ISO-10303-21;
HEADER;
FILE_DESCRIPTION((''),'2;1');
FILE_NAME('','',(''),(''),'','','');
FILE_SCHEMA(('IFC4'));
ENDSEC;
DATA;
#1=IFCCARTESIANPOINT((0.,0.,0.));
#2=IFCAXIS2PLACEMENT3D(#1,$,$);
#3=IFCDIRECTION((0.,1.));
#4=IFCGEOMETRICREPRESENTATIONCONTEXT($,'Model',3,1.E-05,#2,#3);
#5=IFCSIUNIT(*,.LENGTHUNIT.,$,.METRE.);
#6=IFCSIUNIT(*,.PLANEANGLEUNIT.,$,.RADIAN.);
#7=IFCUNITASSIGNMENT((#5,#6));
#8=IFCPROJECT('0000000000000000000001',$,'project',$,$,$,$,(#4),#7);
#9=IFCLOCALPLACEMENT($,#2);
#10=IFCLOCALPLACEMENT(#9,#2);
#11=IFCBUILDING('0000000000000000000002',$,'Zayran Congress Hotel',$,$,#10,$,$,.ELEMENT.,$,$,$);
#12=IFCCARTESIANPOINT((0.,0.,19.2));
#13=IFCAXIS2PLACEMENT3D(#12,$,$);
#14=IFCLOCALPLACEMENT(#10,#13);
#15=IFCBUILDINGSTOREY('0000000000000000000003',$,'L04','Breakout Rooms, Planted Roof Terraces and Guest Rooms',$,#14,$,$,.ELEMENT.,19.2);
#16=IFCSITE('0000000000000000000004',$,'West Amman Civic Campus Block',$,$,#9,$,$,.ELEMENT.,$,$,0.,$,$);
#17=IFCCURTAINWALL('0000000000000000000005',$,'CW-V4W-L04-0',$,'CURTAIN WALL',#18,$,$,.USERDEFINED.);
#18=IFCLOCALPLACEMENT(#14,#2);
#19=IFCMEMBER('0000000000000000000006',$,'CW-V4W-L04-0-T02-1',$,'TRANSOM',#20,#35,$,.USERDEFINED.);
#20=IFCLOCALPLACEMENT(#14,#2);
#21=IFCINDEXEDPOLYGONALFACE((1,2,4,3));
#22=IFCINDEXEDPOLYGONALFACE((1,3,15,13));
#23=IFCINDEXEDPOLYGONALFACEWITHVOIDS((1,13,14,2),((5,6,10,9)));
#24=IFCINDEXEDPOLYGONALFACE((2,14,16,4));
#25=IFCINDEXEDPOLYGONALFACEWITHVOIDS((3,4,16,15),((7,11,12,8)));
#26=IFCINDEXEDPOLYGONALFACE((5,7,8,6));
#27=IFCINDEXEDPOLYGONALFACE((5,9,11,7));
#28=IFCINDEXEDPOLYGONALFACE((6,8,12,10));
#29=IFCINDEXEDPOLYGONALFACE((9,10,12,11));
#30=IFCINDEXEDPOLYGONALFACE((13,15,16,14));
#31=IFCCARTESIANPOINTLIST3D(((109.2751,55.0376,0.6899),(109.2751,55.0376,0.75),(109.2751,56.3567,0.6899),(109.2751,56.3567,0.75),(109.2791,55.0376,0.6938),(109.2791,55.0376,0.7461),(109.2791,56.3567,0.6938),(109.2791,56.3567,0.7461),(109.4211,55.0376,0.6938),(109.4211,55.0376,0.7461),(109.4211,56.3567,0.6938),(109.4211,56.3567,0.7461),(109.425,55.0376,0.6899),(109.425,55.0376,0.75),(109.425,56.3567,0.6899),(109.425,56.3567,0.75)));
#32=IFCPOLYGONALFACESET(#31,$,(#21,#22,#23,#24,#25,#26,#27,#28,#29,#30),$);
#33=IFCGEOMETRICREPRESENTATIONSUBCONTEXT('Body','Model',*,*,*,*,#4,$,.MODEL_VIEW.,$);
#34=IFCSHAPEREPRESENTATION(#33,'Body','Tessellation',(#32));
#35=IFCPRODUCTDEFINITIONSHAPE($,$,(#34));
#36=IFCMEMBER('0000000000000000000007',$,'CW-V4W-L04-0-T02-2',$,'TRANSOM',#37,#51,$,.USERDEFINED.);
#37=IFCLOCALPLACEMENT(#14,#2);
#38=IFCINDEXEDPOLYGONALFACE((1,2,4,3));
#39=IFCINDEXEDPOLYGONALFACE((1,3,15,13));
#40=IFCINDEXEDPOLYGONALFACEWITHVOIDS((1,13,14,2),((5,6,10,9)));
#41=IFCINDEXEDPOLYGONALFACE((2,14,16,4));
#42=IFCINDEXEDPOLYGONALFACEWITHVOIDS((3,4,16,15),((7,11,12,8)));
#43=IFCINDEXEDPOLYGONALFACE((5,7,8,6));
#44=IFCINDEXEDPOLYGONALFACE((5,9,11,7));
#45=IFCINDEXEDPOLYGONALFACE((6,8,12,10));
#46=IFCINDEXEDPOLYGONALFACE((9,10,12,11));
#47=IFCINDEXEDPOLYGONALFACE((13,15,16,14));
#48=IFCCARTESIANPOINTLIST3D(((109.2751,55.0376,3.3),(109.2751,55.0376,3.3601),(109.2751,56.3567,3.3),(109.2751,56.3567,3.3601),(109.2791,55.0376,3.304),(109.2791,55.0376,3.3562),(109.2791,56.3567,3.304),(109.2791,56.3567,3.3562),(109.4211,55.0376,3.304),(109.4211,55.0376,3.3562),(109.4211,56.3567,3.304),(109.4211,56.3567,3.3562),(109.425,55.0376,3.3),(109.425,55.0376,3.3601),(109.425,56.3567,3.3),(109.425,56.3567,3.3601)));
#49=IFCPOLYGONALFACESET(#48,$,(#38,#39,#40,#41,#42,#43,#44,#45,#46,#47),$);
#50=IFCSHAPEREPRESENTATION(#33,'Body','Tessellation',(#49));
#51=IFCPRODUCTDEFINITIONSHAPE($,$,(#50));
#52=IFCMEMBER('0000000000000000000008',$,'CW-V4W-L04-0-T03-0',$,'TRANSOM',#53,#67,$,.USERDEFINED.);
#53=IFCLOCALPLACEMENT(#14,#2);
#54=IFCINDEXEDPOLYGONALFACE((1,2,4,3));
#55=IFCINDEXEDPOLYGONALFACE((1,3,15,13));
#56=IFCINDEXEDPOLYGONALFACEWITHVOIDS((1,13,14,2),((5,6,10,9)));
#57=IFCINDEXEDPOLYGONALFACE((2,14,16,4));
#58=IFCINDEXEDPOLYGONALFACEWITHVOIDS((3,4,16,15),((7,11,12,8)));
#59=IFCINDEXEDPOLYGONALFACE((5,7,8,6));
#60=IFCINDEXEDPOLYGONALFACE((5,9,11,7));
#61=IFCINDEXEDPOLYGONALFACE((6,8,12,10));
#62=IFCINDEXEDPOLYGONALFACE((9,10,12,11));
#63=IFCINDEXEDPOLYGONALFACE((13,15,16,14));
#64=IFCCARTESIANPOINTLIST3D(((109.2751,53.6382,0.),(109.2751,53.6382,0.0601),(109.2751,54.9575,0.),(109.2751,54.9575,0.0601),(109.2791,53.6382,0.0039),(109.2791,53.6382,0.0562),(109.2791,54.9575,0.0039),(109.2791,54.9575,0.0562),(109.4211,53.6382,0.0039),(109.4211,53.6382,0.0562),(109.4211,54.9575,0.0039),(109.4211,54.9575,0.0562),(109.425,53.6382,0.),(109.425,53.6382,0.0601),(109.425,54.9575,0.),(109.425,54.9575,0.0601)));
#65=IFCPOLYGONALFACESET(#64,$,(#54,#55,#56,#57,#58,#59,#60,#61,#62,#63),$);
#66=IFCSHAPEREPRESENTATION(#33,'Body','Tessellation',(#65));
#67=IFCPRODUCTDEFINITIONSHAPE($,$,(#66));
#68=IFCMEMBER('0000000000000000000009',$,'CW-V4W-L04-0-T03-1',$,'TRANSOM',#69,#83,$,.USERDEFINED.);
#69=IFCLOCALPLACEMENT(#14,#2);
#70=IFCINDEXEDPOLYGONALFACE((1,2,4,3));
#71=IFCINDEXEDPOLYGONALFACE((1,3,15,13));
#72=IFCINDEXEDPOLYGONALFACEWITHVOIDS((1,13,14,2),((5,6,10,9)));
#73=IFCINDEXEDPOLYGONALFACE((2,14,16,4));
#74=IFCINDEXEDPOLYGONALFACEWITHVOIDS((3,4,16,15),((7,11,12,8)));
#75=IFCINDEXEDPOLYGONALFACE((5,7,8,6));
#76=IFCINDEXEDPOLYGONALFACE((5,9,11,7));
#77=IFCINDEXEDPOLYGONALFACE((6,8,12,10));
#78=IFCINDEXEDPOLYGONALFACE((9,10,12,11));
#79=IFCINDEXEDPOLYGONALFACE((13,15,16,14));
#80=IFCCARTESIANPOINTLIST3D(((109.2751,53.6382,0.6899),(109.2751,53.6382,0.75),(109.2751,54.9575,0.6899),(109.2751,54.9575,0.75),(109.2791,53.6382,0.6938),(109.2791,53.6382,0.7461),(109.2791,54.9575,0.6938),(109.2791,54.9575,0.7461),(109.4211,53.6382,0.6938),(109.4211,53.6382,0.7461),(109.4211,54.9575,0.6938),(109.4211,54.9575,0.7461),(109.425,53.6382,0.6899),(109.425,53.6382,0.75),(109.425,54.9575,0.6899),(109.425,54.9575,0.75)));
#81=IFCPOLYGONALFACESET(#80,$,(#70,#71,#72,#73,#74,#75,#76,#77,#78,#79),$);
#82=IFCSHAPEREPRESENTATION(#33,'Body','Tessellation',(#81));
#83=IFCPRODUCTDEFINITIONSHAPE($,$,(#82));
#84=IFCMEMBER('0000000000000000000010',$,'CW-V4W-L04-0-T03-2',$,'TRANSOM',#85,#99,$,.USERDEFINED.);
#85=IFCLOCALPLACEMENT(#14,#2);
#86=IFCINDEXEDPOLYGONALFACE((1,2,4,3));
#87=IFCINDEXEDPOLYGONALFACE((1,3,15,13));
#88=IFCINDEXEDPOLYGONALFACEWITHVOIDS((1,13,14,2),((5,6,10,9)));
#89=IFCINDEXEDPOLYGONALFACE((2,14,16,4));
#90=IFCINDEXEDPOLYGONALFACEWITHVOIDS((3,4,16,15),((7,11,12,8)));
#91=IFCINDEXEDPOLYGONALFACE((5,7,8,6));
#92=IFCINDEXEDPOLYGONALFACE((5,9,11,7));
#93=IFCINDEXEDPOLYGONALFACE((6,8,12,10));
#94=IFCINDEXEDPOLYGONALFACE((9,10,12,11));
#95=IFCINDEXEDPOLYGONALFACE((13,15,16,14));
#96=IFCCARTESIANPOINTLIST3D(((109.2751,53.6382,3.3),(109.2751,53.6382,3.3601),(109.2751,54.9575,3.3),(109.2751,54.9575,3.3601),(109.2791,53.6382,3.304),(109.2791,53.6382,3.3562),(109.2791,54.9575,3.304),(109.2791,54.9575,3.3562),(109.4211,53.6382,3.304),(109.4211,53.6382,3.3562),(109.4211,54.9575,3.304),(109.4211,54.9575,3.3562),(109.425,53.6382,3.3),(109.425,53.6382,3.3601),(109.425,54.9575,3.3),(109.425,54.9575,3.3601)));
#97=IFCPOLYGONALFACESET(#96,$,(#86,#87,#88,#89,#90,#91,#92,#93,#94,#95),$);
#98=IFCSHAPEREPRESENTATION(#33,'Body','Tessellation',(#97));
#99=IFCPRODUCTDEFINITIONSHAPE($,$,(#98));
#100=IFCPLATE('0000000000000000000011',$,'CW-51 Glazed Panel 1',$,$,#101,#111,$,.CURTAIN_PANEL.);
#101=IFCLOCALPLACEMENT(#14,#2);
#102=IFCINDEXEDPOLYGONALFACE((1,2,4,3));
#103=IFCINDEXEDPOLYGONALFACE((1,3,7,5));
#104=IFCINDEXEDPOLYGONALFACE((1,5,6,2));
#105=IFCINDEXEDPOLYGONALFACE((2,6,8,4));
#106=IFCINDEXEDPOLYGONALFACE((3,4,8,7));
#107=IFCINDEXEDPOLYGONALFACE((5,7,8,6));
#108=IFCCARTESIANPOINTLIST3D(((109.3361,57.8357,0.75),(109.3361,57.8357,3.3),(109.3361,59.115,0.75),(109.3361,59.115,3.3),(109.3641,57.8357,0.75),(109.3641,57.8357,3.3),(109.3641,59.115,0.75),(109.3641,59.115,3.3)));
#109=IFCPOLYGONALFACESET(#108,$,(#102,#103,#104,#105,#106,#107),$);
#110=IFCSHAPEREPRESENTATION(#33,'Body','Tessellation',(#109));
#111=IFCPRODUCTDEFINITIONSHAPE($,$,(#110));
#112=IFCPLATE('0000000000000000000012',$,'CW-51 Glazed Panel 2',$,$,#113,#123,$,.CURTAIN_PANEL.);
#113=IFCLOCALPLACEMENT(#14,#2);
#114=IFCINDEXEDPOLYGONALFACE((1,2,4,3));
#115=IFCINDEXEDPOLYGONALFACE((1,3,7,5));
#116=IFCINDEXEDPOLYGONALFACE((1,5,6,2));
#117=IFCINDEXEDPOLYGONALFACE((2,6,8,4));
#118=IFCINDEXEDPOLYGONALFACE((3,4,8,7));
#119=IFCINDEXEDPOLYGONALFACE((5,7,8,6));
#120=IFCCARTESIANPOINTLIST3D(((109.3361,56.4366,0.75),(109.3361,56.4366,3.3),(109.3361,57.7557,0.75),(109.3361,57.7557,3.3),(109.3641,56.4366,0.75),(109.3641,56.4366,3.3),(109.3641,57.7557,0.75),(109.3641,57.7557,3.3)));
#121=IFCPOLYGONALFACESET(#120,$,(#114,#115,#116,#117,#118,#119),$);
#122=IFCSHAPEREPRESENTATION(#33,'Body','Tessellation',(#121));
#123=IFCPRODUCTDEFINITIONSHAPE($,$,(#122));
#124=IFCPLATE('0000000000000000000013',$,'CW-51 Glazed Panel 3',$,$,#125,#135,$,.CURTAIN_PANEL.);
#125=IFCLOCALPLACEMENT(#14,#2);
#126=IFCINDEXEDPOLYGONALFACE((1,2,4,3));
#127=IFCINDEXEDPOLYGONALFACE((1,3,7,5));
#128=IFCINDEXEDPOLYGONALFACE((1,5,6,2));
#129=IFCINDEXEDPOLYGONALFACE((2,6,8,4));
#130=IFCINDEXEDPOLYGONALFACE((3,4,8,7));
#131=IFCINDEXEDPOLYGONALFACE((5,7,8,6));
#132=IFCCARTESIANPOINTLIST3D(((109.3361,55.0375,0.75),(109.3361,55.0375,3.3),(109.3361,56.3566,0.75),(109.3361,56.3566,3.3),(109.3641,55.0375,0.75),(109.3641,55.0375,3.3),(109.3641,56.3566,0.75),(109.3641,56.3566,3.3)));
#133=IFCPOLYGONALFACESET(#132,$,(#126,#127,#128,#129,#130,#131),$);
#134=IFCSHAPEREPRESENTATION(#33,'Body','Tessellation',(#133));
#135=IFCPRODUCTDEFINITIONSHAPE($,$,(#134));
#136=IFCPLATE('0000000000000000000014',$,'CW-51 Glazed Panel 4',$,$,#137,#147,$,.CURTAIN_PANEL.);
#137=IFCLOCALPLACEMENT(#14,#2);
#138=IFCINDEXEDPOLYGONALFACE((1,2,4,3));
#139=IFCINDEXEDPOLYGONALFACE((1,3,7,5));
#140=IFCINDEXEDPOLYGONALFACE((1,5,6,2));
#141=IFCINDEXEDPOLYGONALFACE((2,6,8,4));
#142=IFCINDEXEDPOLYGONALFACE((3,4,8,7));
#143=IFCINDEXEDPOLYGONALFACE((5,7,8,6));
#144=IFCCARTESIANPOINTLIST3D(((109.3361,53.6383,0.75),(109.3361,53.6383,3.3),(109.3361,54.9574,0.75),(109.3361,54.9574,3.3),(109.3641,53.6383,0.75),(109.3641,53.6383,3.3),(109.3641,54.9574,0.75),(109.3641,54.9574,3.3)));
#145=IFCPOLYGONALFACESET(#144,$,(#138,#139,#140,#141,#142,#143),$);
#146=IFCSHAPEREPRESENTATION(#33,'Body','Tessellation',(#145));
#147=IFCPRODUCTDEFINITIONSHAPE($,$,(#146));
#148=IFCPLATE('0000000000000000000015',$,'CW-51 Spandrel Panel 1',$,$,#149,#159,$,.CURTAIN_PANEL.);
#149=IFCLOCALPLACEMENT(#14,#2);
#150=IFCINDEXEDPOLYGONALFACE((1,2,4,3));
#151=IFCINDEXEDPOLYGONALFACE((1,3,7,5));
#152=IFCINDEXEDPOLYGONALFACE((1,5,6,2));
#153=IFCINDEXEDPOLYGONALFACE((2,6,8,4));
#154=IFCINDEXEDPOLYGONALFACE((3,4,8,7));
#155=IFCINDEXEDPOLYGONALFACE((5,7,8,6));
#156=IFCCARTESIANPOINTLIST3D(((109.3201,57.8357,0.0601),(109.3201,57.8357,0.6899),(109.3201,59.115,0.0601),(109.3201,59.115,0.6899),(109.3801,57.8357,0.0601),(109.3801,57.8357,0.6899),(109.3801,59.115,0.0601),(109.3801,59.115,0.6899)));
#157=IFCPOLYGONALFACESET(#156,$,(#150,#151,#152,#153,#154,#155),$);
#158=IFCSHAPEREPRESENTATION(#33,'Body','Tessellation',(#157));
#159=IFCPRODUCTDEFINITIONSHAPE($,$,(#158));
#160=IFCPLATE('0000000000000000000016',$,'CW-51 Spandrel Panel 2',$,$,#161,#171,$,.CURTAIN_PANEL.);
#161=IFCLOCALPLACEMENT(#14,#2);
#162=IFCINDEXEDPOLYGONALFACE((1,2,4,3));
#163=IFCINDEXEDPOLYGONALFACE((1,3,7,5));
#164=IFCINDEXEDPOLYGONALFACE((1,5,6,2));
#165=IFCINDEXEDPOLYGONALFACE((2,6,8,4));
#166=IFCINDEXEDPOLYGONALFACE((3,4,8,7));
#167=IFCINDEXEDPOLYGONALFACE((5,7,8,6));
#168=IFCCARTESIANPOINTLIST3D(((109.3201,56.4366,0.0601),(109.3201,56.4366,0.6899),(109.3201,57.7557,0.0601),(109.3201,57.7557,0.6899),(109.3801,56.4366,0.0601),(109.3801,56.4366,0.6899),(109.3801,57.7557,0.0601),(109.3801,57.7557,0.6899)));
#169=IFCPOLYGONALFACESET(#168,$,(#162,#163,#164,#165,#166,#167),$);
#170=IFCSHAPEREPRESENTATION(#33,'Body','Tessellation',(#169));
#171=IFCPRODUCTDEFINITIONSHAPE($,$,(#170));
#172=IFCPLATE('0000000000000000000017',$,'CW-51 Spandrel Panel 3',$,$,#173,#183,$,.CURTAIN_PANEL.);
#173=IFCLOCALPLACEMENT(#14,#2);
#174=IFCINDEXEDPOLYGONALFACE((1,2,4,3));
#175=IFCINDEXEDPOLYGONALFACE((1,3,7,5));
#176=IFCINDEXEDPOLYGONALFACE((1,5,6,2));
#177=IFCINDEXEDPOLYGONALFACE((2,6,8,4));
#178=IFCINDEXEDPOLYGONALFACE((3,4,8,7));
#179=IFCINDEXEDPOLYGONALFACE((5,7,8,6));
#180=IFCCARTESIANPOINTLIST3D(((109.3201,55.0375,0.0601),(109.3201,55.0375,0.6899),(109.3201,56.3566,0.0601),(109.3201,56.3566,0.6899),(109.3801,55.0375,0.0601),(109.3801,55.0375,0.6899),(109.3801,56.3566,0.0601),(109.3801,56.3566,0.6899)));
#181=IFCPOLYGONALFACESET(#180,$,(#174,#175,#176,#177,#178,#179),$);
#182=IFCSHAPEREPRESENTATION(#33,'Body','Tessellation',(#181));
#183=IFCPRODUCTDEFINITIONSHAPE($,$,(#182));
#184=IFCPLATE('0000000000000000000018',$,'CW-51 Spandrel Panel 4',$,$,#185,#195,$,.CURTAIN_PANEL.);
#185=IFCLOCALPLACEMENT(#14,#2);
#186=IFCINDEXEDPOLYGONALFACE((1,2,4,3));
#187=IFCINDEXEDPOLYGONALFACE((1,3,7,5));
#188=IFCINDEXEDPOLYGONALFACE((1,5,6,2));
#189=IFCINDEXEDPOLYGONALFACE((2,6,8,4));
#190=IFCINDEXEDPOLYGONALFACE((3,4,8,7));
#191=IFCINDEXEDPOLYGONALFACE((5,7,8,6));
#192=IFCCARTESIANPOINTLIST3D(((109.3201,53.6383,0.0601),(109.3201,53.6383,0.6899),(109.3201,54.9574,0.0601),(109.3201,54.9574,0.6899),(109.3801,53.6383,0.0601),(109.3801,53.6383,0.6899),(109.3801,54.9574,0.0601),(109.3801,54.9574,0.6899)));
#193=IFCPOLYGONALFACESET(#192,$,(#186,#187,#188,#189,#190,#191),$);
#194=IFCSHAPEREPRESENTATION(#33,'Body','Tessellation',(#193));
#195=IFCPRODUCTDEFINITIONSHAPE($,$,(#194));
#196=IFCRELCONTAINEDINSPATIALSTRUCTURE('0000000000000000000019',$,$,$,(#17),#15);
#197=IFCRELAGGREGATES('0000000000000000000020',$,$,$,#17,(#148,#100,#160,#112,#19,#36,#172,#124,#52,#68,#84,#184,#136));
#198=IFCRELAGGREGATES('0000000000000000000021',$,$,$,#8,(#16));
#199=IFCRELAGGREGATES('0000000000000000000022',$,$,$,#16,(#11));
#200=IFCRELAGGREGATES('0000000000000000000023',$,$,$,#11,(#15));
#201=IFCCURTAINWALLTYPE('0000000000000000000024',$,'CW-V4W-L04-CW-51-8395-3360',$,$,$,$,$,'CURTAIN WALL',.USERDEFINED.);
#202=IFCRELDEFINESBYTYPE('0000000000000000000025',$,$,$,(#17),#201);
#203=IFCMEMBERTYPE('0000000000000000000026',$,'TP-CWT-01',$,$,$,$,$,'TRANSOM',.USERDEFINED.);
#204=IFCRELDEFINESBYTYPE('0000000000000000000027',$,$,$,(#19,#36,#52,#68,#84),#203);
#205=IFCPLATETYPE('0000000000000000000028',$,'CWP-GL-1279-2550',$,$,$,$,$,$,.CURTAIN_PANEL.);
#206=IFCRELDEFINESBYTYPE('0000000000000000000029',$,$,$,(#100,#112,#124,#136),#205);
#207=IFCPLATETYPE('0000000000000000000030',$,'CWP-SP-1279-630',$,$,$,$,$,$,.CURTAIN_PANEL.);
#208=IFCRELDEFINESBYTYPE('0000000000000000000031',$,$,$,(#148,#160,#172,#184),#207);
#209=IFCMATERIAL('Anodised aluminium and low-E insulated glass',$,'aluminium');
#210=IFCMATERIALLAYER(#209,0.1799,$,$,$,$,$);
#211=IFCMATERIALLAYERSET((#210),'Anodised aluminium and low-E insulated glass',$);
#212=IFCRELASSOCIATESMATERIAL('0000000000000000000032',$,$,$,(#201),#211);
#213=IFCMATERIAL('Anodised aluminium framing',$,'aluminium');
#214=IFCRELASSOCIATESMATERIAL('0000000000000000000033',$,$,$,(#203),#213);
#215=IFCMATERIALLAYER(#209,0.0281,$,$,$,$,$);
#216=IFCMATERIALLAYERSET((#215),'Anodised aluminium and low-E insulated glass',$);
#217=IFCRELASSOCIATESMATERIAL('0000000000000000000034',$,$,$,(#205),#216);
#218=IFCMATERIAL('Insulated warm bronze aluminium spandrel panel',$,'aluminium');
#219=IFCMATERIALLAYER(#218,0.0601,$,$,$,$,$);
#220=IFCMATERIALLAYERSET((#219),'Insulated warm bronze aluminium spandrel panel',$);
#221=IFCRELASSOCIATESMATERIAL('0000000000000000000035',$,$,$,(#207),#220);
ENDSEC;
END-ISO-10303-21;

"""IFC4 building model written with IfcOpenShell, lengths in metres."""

from ifc_helpers import new_model, si_unit, direction, frame, origin, origin_2d, place, context, subcontext, project, spatial, rectangle, hollow_rectangle, extrude, material, layer, layer_set, material_profile, profile_set, type_object, element, aggregate, save


model = new_model("IFC4")

# Units and contexts
model_context = context("Model", 3, precision=1e-05, world=origin(), true_north=direction((0.0, 1.0)))
body_context = subcontext(model_context, "Body", "Model", "MODEL_VIEW")
ifc_project = project(units=[si_unit("LENGTHUNIT", "METRE"), si_unit("PLANEANGLEUNIT", "RADIAN")], contexts=[model_context])

# Site, building, storey
site_placement = place(None, origin())
site = spatial("IfcSite", under=ifc_project, at=site_placement, Name="West Amman Civic Campus Block", CompositionType="ELEMENT", RefElevation=0.0)
building_placement = place(site_placement, origin())
building = spatial("IfcBuilding", under=site, at=building_placement, Name="Zayran Congress Hotel", CompositionType="ELEMENT")
storey_placement = place(building_placement, frame((0.0, 0.0, 19.2)))
storey = spatial("IfcBuildingStorey", under=building, at=storey_placement, Name="L04", Description="Breakout Rooms, Planted Roof Terraces and Guest Rooms", CompositionType="ELEMENT", Elevation=19.2)

# Curtain wall, members, plates
ifc_material_1 = material(Name="Anodised aluminium and low-E insulated glass", Category="aluminium")
ifc_layer_1 = layer(ifc_material_1, 0.1799)
ifc_layer_set_1 = layer_set([ifc_layer_1], Name="Anodised aluminium and low-E insulated glass")
curtain_wall_type = type_object("IfcCurtainWallType", Name="CW-V4W-L04-CW-51-8395-3360", ElementType="CURTAIN WALL", PredefinedType="USERDEFINED", material=ifc_layer_set_1)
curtain_wall_placement = place(storey_placement, origin())
curtain_wall = element("IfcCurtainWall", 1, at=curtain_wall_placement, inside=storey, type_object=curtain_wall_type, Name="CW-V4W-L04-0", ObjectType="CURTAIN WALL", PredefinedType="USERDEFINED")
ifc_material_2 = material(Name="Anodised aluminium framing", Category="aluminium")
ifc_material_profile_1 = material_profile(ifc_material_2, hollow_rectangle(XDim=0.0601, YDim=0.1499, WallThickness=0.0039, at=origin_2d()), Name="RHS 150x60x4")
ifc_profile_set_1 = profile_set([ifc_material_profile_1], Name="Anodised aluminium framing")
member_type_1 = type_object("IfcMemberType", Name="TP-CWT-01", ElementType="TRANSOM", PredefinedType="USERDEFINED", material=ifc_profile_set_1)
member_1_placement = place(storey_placement, frame((109.3501, 56.3567, 0.72), z_axis=(0.0, -1.0, 0.0), x_axis=(0.0, 0.0, 1.0)))
member_1 = element("IfcMember", 2, at=member_1_placement, type_object=member_type_1, Name="CW-V4W-L04-0-T02-1", ObjectType="TRANSOM", PredefinedType="USERDEFINED", context=body_context, shape_type="SweptSolid", body=[
    extrude(hollow_rectangle(XDim=0.0601, YDim=0.1499, WallThickness=0.0039, at=origin_2d()), origin(), (0.0, 0.0, 1.0), 1.3191),
])
member_2_placement = place(storey_placement, frame((109.3501, 56.3567, 3.3301), z_axis=(0.0, -1.0, 0.0), x_axis=(0.0, 0.0, 1.0)))
member_2 = element("IfcMember", 3, at=member_2_placement, type_object=member_type_1, Name="CW-V4W-L04-0-T02-2", ObjectType="TRANSOM", PredefinedType="USERDEFINED", context=body_context, shape_type="SweptSolid", body=[
    extrude(hollow_rectangle(XDim=0.0601, YDim=0.1499, WallThickness=0.0039, at=origin_2d()), origin(), (0.0, 0.0, 1.0), 1.3191),
])
member_3_placement = place(storey_placement, frame((109.3501, 54.9575, 0.03), z_axis=(0.0, -1.0, 0.0), x_axis=(0.0, 0.0, 1.0)))
member_3 = element("IfcMember", 4, at=member_3_placement, type_object=member_type_1, Name="CW-V4W-L04-0-T03-0", ObjectType="TRANSOM", PredefinedType="USERDEFINED", context=body_context, shape_type="SweptSolid", body=[
    extrude(hollow_rectangle(XDim=0.0601, YDim=0.1499, WallThickness=0.0039, at=origin_2d()), origin(), (0.0, 0.0, 1.0), 1.3193),
])
member_4_placement = place(storey_placement, frame((109.3501, 54.9575, 0.72), z_axis=(0.0, -1.0, 0.0), x_axis=(0.0, 0.0, 1.0)))
member_4 = element("IfcMember", 5, at=member_4_placement, type_object=member_type_1, Name="CW-V4W-L04-0-T03-1", ObjectType="TRANSOM", PredefinedType="USERDEFINED", context=body_context, shape_type="SweptSolid", body=[
    extrude(hollow_rectangle(XDim=0.0601, YDim=0.1499, WallThickness=0.0039, at=origin_2d()), origin(), (0.0, 0.0, 1.0), 1.3193),
])
member_5_placement = place(storey_placement, frame((109.3501, 54.9575, 3.3301), z_axis=(0.0, -1.0, 0.0), x_axis=(0.0, 0.0, 1.0)))
member_5 = element("IfcMember", 6, at=member_5_placement, type_object=member_type_1, Name="CW-V4W-L04-0-T03-2", ObjectType="TRANSOM", PredefinedType="USERDEFINED", context=body_context, shape_type="SweptSolid", body=[
    extrude(hollow_rectangle(XDim=0.0601, YDim=0.1499, WallThickness=0.0039, at=origin_2d()), origin(), (0.0, 0.0, 1.0), 1.3193),
])
ifc_layer_2 = layer(ifc_material_1, 0.0281)
ifc_layer_set_2 = layer_set([ifc_layer_2], Name="Anodised aluminium and low-E insulated glass")
plate_type_1 = type_object("IfcPlateType", Name="CWP-GL-1279-2550", PredefinedType="CURTAIN_PANEL", material=ifc_layer_set_2)
plate_1_placement = place(storey_placement, frame((109.3501, 58.4753, 0.75), z_axis=(0.0, 0.0, 1.0), x_axis=(0.0, 1.0, 0.0)))
plate_1 = element("IfcPlate", 7, at=plate_1_placement, type_object=plate_type_1, Name="CW-51 Glazed Panel 1", PredefinedType="CURTAIN_PANEL", context=body_context, shape_type="SweptSolid", body=[
    extrude(rectangle(XDim=1.2793, YDim=0.0281, at=origin_2d()), origin(), (0.0, 0.0, 1.0), 2.55),
])
plate_2_placement = place(storey_placement, frame((109.3501, 57.0962, 0.75), z_axis=(0.0, 0.0, 1.0), x_axis=(0.0, 1.0, 0.0)))
plate_2 = element("IfcPlate", 8, at=plate_2_placement, type_object=plate_type_1, Name="CW-51 Glazed Panel 2", PredefinedType="CURTAIN_PANEL", context=body_context, shape_type="SweptSolid", body=[
    extrude(rectangle(XDim=1.3191, YDim=0.0281, at=origin_2d()), origin(), (0.0, 0.0, 1.0), 2.55),
])
plate_3_placement = place(storey_placement, frame((109.3501, 55.697, 0.75), z_axis=(0.0, 0.0, 1.0), x_axis=(0.0, 1.0, 0.0)))
plate_3 = element("IfcPlate", 9, at=plate_3_placement, type_object=plate_type_1, Name="CW-51 Glazed Panel 3", PredefinedType="CURTAIN_PANEL", context=body_context, shape_type="SweptSolid", body=[
    extrude(rectangle(XDim=1.3191, YDim=0.0281, at=origin_2d()), origin(), (0.0, 0.0, 1.0), 2.55),
])
plate_4_placement = place(storey_placement, frame((109.3501, 54.2979, 0.75), z_axis=(0.0, 0.0, 1.0), x_axis=(0.0, 1.0, 0.0)))
plate_4 = element("IfcPlate", 10, at=plate_4_placement, type_object=plate_type_1, Name="CW-51 Glazed Panel 4", PredefinedType="CURTAIN_PANEL", context=body_context, shape_type="SweptSolid", body=[
    extrude(rectangle(XDim=1.3191, YDim=0.0281, at=origin_2d()), origin(), (0.0, 0.0, 1.0), 2.55),
])
ifc_material_3 = material(Name="Insulated warm bronze aluminium spandrel panel", Category="aluminium")
ifc_layer_3 = layer(ifc_material_3, 0.0601)
ifc_layer_set_3 = layer_set([ifc_layer_3], Name="Insulated warm bronze aluminium spandrel panel")
plate_type_2 = type_object("IfcPlateType", Name="CWP-SP-1279-630", PredefinedType="CURTAIN_PANEL", material=ifc_layer_set_3)
plate_5_placement = place(storey_placement, frame((109.3501, 58.4753, 0.0601), z_axis=(0.0, 0.0, 1.0), x_axis=(0.0, 1.0, 0.0)))
plate_5 = element("IfcPlate", 11, at=plate_5_placement, type_object=plate_type_2, Name="CW-51 Spandrel Panel 1", PredefinedType="CURTAIN_PANEL", context=body_context, shape_type="SweptSolid", body=[
    extrude(rectangle(XDim=1.2793, YDim=0.0601, at=origin_2d()), origin(), (0.0, 0.0, 1.0), 0.6299),
])
plate_6_placement = place(storey_placement, frame((109.3501, 57.0962, 0.0601), z_axis=(0.0, 0.0, 1.0), x_axis=(0.0, 1.0, 0.0)))
plate_6 = element("IfcPlate", 12, at=plate_6_placement, type_object=plate_type_2, Name="CW-51 Spandrel Panel 2", PredefinedType="CURTAIN_PANEL", context=body_context, shape_type="SweptSolid", body=[
    extrude(rectangle(XDim=1.3191, YDim=0.0601, at=origin_2d()), origin(), (0.0, 0.0, 1.0), 0.6299),
])
plate_7_placement = place(storey_placement, frame((109.3501, 55.697, 0.0601), z_axis=(0.0, 0.0, 1.0), x_axis=(0.0, 1.0, 0.0)))
plate_7 = element("IfcPlate", 13, at=plate_7_placement, type_object=plate_type_2, Name="CW-51 Spandrel Panel 3", PredefinedType="CURTAIN_PANEL", context=body_context, shape_type="SweptSolid", body=[
    extrude(rectangle(XDim=1.3191, YDim=0.0601, at=origin_2d()), origin(), (0.0, 0.0, 1.0), 0.6299),
])
plate_8_placement = place(storey_placement, frame((109.3501, 54.2979, 0.0601), z_axis=(0.0, 0.0, 1.0), x_axis=(0.0, 1.0, 0.0)))
plate_8 = element("IfcPlate", 14, at=plate_8_placement, type_object=plate_type_2, Name="CW-51 Spandrel Panel 4", PredefinedType="CURTAIN_PANEL", context=body_context, shape_type="SweptSolid", body=[
    extrude(rectangle(XDim=1.3191, YDim=0.0601, at=origin_2d()), origin(), (0.0, 0.0, 1.0), 0.6299),
])
aggregate(curtain_wall, [plate_5, plate_1, plate_6, plate_2, member_1, member_2, plate_7, plate_3, member_3, member_4, member_5, plate_8, plate_4])

save(model, "model.ifc")
